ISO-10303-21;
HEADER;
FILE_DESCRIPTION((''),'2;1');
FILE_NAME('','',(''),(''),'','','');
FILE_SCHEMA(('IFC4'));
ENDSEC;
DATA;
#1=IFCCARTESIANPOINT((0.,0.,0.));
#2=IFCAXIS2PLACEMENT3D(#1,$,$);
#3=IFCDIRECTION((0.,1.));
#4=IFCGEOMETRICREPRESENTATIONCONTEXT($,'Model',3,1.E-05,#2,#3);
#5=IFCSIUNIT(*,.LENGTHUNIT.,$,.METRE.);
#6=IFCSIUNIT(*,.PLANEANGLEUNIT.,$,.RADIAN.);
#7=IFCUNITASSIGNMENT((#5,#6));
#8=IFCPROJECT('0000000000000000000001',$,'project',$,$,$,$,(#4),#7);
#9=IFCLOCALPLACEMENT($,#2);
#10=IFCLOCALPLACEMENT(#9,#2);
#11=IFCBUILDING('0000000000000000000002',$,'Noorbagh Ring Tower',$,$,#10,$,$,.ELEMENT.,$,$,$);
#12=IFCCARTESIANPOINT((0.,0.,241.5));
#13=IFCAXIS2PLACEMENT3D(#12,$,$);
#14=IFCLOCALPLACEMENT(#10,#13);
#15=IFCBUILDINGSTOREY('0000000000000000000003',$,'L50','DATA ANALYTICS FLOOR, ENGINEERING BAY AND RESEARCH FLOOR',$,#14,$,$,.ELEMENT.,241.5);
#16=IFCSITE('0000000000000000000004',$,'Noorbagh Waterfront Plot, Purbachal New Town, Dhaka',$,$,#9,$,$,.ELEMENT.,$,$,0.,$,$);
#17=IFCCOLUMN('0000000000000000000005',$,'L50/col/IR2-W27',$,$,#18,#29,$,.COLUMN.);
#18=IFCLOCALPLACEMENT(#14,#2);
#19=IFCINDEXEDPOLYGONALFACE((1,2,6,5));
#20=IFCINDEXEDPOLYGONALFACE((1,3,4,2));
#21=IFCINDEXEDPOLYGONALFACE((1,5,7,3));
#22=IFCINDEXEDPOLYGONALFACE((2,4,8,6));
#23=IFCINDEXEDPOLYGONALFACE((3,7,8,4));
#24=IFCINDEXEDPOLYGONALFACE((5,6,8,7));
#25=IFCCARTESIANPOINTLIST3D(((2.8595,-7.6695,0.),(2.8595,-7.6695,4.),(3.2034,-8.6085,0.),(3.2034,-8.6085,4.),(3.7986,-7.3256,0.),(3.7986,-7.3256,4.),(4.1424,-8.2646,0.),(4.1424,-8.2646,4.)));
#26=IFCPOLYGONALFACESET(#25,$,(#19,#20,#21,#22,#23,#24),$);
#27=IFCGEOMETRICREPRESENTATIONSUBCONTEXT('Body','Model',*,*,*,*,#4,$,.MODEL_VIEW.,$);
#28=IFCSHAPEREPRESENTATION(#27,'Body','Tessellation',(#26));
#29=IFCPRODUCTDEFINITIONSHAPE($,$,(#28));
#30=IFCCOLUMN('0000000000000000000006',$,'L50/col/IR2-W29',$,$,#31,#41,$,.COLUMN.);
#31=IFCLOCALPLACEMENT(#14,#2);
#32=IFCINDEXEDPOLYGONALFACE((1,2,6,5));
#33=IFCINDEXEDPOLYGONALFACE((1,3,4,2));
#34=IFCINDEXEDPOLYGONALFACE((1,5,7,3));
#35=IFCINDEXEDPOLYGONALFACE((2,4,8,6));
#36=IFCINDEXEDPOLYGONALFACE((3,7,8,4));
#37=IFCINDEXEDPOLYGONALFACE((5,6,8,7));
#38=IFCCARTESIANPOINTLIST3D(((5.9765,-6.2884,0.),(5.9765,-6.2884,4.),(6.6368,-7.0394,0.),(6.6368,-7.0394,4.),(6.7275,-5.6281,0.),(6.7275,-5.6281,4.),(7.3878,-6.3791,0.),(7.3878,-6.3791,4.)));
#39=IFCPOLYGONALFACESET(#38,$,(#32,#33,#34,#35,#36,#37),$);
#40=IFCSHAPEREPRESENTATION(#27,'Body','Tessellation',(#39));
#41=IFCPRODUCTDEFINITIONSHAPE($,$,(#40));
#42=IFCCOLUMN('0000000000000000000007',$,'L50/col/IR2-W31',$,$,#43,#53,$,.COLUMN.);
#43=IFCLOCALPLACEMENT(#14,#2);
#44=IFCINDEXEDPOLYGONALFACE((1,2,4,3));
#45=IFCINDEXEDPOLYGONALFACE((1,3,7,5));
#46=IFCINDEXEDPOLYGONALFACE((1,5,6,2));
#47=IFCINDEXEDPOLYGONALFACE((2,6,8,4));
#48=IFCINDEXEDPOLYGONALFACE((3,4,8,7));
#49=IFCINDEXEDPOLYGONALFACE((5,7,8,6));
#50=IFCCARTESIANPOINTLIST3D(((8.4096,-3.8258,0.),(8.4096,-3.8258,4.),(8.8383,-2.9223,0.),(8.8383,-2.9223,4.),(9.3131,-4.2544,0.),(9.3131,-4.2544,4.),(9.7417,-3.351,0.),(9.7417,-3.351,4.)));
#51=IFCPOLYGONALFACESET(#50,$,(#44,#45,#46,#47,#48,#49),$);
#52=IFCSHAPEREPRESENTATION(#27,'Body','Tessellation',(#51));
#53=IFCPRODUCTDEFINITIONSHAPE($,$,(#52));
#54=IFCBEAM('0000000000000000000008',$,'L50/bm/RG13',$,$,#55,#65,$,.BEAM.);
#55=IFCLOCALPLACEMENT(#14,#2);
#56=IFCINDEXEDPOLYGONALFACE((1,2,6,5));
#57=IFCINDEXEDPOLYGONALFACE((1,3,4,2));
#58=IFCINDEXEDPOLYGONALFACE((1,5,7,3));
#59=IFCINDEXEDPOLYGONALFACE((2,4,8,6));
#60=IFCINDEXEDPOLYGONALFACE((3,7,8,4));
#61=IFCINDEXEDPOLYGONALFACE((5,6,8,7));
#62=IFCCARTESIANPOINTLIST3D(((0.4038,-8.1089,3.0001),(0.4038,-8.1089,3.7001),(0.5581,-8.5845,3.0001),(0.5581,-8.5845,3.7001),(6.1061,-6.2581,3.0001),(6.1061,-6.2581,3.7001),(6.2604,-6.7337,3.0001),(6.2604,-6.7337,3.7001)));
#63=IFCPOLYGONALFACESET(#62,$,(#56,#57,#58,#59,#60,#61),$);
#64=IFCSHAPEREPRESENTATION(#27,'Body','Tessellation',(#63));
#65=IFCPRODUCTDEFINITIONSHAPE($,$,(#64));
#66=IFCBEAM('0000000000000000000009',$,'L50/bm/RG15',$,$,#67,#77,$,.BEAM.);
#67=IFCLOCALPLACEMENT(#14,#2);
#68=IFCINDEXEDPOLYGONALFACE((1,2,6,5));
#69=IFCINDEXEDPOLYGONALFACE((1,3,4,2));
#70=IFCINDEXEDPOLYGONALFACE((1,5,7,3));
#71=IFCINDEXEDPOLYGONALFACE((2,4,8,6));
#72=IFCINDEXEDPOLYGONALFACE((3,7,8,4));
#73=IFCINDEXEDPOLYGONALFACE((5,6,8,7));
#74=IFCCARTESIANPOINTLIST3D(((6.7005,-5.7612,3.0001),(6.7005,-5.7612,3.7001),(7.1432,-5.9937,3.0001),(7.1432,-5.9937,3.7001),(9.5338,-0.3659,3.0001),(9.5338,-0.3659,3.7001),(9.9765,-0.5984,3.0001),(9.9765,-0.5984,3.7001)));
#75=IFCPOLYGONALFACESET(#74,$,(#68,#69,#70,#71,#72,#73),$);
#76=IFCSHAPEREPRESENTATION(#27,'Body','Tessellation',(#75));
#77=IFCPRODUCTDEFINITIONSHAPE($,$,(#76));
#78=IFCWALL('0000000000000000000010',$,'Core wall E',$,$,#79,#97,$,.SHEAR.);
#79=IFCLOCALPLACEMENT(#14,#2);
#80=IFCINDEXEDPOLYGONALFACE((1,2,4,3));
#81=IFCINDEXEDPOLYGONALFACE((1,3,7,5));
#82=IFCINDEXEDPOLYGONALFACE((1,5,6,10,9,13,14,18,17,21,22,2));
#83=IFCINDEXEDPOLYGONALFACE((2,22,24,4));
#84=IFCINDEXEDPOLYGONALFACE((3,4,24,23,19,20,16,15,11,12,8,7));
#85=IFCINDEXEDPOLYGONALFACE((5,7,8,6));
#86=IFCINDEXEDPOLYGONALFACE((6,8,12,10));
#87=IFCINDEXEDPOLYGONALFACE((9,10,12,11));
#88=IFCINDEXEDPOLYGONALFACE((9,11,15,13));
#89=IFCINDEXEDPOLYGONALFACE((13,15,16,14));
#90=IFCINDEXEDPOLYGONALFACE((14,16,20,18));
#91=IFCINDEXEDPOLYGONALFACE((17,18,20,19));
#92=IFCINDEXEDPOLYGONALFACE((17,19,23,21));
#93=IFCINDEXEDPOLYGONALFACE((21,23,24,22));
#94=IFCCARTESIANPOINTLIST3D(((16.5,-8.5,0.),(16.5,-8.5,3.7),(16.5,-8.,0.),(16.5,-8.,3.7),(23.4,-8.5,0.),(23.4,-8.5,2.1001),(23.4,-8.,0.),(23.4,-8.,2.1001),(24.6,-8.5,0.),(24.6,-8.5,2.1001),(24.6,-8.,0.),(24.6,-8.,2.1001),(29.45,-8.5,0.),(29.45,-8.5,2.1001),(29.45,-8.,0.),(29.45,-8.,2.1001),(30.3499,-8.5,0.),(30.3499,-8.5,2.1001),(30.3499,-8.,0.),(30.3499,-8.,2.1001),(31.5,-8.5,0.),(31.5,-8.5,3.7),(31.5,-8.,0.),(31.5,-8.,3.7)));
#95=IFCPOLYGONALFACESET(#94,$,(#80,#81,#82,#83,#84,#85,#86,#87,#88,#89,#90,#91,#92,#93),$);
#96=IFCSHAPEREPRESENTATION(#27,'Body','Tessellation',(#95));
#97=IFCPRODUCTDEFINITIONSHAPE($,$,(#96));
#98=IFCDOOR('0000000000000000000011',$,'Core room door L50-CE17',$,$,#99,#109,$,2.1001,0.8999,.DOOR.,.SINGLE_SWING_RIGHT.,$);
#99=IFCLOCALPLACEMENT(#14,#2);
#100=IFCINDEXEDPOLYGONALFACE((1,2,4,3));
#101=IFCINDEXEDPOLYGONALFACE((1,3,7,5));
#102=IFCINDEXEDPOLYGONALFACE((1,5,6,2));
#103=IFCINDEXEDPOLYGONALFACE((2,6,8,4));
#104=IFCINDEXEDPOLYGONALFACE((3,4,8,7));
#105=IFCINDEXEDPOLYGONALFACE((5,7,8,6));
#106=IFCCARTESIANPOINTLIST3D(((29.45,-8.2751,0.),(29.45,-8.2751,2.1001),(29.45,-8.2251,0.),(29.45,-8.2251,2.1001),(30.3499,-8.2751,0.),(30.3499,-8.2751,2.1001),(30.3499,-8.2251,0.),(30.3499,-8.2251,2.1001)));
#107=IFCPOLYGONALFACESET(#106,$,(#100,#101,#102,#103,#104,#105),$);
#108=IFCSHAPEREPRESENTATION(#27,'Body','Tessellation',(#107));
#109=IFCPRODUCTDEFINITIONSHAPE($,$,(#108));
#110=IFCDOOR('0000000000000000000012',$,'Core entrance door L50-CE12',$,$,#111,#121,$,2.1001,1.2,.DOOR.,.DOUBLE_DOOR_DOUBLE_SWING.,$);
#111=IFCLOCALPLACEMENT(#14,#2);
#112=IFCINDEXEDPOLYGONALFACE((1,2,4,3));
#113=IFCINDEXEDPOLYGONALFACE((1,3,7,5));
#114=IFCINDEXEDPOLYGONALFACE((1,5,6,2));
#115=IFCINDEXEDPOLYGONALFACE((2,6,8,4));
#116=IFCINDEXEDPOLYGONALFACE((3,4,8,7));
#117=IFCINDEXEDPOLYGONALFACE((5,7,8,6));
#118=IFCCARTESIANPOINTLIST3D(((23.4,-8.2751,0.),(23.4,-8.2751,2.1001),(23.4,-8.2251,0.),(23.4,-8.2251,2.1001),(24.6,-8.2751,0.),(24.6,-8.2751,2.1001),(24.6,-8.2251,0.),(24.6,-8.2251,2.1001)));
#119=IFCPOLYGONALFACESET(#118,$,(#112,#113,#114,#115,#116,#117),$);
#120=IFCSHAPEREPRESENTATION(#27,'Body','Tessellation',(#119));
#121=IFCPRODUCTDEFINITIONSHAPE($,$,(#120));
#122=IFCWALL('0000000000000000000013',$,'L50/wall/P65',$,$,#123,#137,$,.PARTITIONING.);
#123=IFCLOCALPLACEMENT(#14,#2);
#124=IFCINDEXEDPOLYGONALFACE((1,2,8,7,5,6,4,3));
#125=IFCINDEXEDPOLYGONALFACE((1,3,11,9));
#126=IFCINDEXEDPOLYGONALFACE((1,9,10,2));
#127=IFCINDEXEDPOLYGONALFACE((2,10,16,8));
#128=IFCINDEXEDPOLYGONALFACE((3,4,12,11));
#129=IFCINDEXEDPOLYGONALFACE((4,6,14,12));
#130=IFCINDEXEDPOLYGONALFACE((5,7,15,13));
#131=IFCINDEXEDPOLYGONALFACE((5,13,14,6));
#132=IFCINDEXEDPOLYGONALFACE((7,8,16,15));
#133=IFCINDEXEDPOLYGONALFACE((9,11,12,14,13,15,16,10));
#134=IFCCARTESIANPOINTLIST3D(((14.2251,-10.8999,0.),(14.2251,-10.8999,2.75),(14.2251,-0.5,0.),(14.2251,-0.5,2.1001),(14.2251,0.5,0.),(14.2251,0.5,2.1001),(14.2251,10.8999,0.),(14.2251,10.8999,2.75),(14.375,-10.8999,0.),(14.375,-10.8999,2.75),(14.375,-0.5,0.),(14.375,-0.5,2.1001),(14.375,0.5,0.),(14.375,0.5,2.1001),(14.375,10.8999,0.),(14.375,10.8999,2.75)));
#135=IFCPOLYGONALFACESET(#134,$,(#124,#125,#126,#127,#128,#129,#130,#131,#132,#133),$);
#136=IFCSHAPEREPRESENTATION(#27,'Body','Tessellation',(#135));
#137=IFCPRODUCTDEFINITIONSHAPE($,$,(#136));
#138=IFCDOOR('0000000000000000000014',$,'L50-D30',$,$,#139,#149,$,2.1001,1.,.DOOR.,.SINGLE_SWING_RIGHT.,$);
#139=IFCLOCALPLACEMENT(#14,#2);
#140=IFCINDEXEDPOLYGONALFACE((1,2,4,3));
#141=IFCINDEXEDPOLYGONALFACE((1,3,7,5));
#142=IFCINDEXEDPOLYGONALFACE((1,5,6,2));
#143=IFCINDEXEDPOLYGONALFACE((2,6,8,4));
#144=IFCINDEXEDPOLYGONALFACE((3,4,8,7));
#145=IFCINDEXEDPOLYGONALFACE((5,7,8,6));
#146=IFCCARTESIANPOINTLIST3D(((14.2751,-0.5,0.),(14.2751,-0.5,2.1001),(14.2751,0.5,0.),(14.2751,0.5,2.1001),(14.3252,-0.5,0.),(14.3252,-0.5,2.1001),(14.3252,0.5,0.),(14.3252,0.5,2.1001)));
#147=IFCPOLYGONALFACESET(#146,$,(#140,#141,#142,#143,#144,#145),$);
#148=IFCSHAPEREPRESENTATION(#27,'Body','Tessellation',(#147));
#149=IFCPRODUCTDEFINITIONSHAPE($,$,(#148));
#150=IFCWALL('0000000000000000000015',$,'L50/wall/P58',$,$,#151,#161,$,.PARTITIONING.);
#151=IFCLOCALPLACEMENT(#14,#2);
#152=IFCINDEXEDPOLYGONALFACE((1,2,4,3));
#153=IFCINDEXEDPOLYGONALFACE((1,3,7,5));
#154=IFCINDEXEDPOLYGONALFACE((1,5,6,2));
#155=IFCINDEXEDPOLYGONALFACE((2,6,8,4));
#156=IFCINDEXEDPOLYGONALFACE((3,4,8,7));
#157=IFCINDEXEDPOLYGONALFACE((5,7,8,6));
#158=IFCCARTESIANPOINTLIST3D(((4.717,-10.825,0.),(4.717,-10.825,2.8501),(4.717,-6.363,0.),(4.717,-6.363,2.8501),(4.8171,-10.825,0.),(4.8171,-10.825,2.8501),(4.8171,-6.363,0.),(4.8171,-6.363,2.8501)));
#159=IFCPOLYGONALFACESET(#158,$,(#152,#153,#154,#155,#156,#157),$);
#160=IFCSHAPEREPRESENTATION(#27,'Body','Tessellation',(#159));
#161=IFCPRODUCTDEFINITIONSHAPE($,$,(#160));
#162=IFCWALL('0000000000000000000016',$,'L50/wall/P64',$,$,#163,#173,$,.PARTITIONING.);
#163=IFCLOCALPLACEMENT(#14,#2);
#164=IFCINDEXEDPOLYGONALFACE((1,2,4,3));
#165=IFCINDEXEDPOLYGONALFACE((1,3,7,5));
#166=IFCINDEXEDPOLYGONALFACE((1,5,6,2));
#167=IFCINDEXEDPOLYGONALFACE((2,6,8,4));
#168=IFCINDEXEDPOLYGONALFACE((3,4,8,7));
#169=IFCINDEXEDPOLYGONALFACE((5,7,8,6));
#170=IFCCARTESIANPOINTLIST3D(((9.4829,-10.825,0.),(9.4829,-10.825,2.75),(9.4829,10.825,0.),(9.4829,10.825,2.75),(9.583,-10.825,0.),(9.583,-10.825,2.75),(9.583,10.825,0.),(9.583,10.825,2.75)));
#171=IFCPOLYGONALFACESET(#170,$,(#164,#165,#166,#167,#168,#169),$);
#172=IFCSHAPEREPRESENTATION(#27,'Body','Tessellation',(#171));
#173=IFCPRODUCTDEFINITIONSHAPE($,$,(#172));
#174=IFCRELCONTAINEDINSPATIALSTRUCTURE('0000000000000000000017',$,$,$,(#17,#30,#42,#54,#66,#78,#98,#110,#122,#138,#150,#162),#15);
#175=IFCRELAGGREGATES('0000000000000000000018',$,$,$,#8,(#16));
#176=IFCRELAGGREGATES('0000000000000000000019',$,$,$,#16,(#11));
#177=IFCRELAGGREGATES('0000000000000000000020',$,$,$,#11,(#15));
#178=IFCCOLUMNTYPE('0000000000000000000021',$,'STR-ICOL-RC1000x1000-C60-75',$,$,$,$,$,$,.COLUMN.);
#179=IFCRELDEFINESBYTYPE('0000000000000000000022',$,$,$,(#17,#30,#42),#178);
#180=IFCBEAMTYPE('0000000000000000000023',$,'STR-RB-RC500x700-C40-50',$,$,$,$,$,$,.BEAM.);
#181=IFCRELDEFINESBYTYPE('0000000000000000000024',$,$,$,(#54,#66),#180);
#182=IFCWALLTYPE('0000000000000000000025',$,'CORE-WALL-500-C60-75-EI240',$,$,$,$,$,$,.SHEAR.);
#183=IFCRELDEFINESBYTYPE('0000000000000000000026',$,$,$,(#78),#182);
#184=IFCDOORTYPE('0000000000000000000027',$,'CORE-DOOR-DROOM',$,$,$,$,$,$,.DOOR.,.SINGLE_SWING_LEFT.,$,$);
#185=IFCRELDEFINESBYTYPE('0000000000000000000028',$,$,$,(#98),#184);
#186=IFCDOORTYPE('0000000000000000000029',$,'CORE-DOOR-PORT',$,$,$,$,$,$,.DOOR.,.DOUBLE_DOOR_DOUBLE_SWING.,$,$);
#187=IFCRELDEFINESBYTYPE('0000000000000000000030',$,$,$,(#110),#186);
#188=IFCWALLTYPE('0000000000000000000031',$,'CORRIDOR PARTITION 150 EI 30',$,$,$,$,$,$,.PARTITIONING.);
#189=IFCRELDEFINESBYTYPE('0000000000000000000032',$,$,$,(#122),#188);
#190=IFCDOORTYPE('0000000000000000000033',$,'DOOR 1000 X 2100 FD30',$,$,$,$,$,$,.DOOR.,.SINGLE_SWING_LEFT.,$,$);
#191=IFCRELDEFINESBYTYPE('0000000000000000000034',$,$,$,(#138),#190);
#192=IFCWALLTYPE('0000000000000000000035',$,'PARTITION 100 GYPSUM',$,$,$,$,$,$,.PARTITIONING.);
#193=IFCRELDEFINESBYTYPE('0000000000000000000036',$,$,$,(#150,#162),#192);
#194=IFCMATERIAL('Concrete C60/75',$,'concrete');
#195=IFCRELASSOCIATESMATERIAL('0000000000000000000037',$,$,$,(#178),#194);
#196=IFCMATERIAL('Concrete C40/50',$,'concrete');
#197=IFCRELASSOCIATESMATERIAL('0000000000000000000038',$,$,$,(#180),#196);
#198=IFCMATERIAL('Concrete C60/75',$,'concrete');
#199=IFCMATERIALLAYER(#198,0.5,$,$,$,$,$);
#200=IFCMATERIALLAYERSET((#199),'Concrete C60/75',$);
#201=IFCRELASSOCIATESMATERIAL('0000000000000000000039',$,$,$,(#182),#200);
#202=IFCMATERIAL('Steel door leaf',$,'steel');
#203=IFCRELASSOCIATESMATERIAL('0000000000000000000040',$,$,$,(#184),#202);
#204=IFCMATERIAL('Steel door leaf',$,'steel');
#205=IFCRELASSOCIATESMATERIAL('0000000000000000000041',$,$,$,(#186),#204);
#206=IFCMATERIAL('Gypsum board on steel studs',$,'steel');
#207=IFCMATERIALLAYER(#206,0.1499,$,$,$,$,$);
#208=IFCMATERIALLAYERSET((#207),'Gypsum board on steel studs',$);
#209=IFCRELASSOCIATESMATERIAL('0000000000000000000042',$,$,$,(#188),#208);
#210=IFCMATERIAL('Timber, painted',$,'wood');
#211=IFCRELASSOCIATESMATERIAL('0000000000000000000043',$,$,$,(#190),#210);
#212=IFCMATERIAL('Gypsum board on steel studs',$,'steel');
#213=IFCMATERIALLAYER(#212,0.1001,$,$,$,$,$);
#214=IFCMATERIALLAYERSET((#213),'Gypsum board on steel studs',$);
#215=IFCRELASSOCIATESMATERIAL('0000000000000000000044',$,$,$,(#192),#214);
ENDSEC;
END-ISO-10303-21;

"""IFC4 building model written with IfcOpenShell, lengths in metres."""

from ifc_helpers import new_model, si_unit, direction, frame, frame_2d, origin, origin_2d, place, context, subcontext, project, spatial, rectangle, extrude, material, layer, layer_set, material_profile, profile_set, type_object, element, fill, save


model = new_model("IFC4")

# Units and contexts
model_context = context("Model", 3, precision=1e-05, world=origin(), true_north=direction((0.0, 1.0)))
body_context = subcontext(model_context, "Body", "Model", "MODEL_VIEW")
ifc_project = project(units=[si_unit("LENGTHUNIT", "METRE"), si_unit("PLANEANGLEUNIT", "RADIAN")], contexts=[model_context])

# Site, building, storey
site_placement = place(None, origin())
site = spatial("IfcSite", under=ifc_project, at=site_placement, Name="Noorbagh Waterfront Plot, Purbachal New Town, Dhaka", CompositionType="ELEMENT", RefElevation=0.0)
building_placement = place(site_placement, origin())
building = spatial("IfcBuilding", under=site, at=building_placement, Name="Noorbagh Ring Tower", CompositionType="ELEMENT")
storey_placement = place(building_placement, frame((0.0, 0.0, 241.5)))
storey = spatial("IfcBuildingStorey", under=building, at=storey_placement, Name="L50", Description="DATA ANALYTICS FLOOR, ENGINEERING BAY AND RESEARCH FLOOR", CompositionType="ELEMENT", Elevation=241.5)

# Columns
ifc_material_1 = material(Name="Concrete C60/75", Category="concrete")
ifc_material_profile_1 = material_profile(ifc_material_1, rectangle(XDim=1.0, YDim=1.0, at=origin_2d()), Name="RC1000x1000")
ifc_profile_set_1 = profile_set([ifc_material_profile_1], Name="Concrete C60/75")
column_type = type_object("IfcColumnType", Name="STR-ICOL-RC1000x1000-C60-75", PredefinedType="COLUMN", material=ifc_profile_set_1)
for number, where, z_axis, x_axis, name in (
    (1, (3.501, -7.967, 0.0), (0.0, 0.0, 1.0), (0.93902, 0.343864, 0.0), "L50/col/IR2-W27"),
    (2, (6.6821, -6.3337, 0.0), (0.0, 0.0, 1.0), (0.751022, 0.660277, 0.0), "L50/col/IR2-W29"),
    (3, (9.0757, -3.5884, 0.0), (0.0, 0.0, 1.0), (0.428667, 0.903463, 0.0), "L50/col/IR2-W31"),
):
    element("IfcColumn", number, at=place(storey_placement, frame(where, z_axis=z_axis, x_axis=x_axis)), inside=storey, type_object=column_type, Name=name, PredefinedType="COLUMN", context=body_context, shape_type="SweptSolid", body=[
        extrude(rectangle(XDim=1.0, YDim=1.0, at=origin_2d()), origin(), (0.0, 0.0, 1.0), 4.0),
    ])

# Beams
ifc_material_2 = material(Name="Concrete C40/50", Category="concrete")
ifc_material_profile_2 = material_profile(ifc_material_2, rectangle(XDim=0.5, YDim=0.7, at=origin_2d()), Name="RC500x700")
ifc_profile_set_2 = profile_set([ifc_material_profile_2], Name="Concrete C40/50")
beam_type = type_object("IfcBeamType", Name="STR-RB-RC500x700-C40-50", PredefinedType="BEAM", material=ifc_profile_set_2)
beam_1_placement = place(storey_placement, frame((0.481, -8.3467, 3.3501), z_axis=(0.951154, 0.308717, 0.0), x_axis=(-0.308717, 0.951154, 0.0)))
element("IfcBeam", 4, at=beam_1_placement, inside=storey, type_object=beam_type, Name="L50/bm/RG13", PredefinedType="BEAM", context=body_context, shape_type="SweptSolid", body=[
    extrude(rectangle(XDim=0.5, YDim=0.7, at=origin_2d()), origin(), (0.0, 0.0, 1.0), 5.9951),
])
beam_2_placement = place(storey_placement, frame((6.9219, -5.8774, 3.3501), z_axis=(0.464929, 0.885348, 0.0), x_axis=(-0.885348, 0.464929, 0.0)))
element("IfcBeam", 5, at=beam_2_placement, inside=storey, type_object=beam_type, Name="L50/bm/RG15", PredefinedType="BEAM", context=body_context, shape_type="SweptSolid", body=[
    extrude(rectangle(XDim=0.5, YDim=0.7, at=origin_2d()), origin(), (0.0, 0.0, 1.0), 6.094),
])

# Wall, openings, doors
ifc_material_3 = material(Name="Concrete C60/75", Category="concrete")
ifc_layer_1 = layer(ifc_material_3, 0.5)
ifc_layer_set_1 = layer_set([ifc_layer_1], Name="Concrete C60/75")
wall_type_1 = type_object("IfcWallType", Name="CORE-WALL-500-C60-75-EI240", PredefinedType="SHEAR", material=ifc_layer_set_1)
wall_1_placement = place(storey_placement, frame((16.5, -8.25, 0.0), z_axis=(0.0, 0.0, 1.0), x_axis=(1.0, 0.0, 0.0)))
wall_1 = element("IfcWall", 6, at=wall_1_placement, inside=storey, type_object=wall_type_1, Name="Core wall E", PredefinedType="SHEAR", context=body_context, shape_type="SweptSolid", body=[
    extrude(rectangle(XDim=15.0, YDim=0.5, at=frame_2d((7.5, 0.0))), origin(), (0.0, 0.0, 1.0), 3.7),
])
opening_1_placement = place(wall_1_placement, frame((6.8999, 0.0, 0.0)))
opening_1 = element("IfcOpeningElement", 7, at=opening_1_placement, cuts=wall_1, PredefinedType="OPENING", context=body_context, shape_type="SweptSolid", body=[
    extrude(rectangle(XDim=1.2, YDim=2.1001, at=frame_2d((0.6001, 1.05))), frame((0.0, 0.26, 0.0), z_axis=(0.0, -1.0, 0.0), x_axis=(1.0, 0.0, 0.0)), (0.0, 0.0, 1.0), 0.52),
])
opening_2_placement = place(wall_1_placement, frame((12.95, 0.0, 0.0)))
opening_2 = element("IfcOpeningElement", 8, at=opening_2_placement, cuts=wall_1, PredefinedType="OPENING", context=body_context, shape_type="SweptSolid", body=[
    extrude(rectangle(XDim=0.8999, YDim=2.1001, at=frame_2d((0.45, 1.05))), frame((0.0, 0.26, 0.0), z_axis=(0.0, -1.0, 0.0), x_axis=(1.0, 0.0, 0.0)), (0.0, 0.0, 1.0), 0.52),
])
ifc_material_4 = material(Name="Steel door leaf", Category="steel")
door_type_1 = type_object("IfcDoorType", Name="CORE-DOOR-DROOM", OperationType="SINGLE_SWING_LEFT", PredefinedType="DOOR", material=ifc_material_4)
door_1_placement = place(opening_2_placement, origin())
door_1 = element("IfcDoor", 9, at=door_1_placement, inside=storey, type_object=door_type_1, Name="Core room door L50-CE17", OperationType="SINGLE_SWING_RIGHT", OverallHeight=2.1001, OverallWidth=0.8999, PredefinedType="DOOR", context=body_context, shape_type="SweptSolid", body=[
    extrude(rectangle(XDim=0.8999, YDim=2.1001, at=frame_2d((0.45, 1.05))), frame((0.0, 0.0249, 0.0), z_axis=(0.0, -1.0, 0.0), x_axis=(1.0, 0.0, 0.0)), (0.0, 0.0, 1.0), 0.05),
])
fill(opening_2, door_1)
ifc_material_5 = material(Name="Steel door leaf", Category="steel")
door_type_2 = type_object("IfcDoorType", Name="CORE-DOOR-PORT", OperationType="DOUBLE_DOOR_DOUBLE_SWING", PredefinedType="DOOR", material=ifc_material_5)
door_2_placement = place(opening_1_placement, origin())
door_2 = element("IfcDoor", 10, at=door_2_placement, inside=storey, type_object=door_type_2, Name="Core entrance door L50-CE12", OperationType="DOUBLE_DOOR_DOUBLE_SWING", OverallHeight=2.1001, OverallWidth=1.2, PredefinedType="DOOR", context=body_context, shape_type="SweptSolid", body=[
    extrude(rectangle(XDim=1.2, YDim=2.1001, at=frame_2d((0.6001, 1.05))), frame((0.0, 0.0249, 0.0), z_axis=(0.0, -1.0, 0.0), x_axis=(1.0, 0.0, 0.0)), (0.0, 0.0, 1.0), 0.05),
])
fill(opening_1, door_2)

# Wall, opening, door
ifc_material_6 = material(Name="Gypsum board on steel studs", Category="steel")
ifc_layer_2 = layer(ifc_material_6, 0.1499)
ifc_layer_set_2 = layer_set([ifc_layer_2], Name="Gypsum board on steel studs")
wall_type_2 = type_object("IfcWallType", Name="CORRIDOR PARTITION 150 EI 30", PredefinedType="PARTITIONING", material=ifc_layer_set_2)
wall_2_placement = place(storey_placement, frame((14.3, -10.8999, 0.0), z_axis=(0.0, 0.0, 1.0), x_axis=(0.0, 1.0, 0.0)))
wall_2 = element("IfcWall", 11, at=wall_2_placement, inside=storey, type_object=wall_type_2, Name="L50/wall/P65", PredefinedType="PARTITIONING", context=body_context, shape_type="SweptSolid", body=[
    extrude(rectangle(XDim=21.7998, YDim=0.1499, at=frame_2d((10.8999, 0.0))), origin(), (0.0, 0.0, 1.0), 2.75),
])
opening_3_placement = place(wall_2_placement, frame((10.3999, 0.0, 0.0)))
opening_3 = element("IfcOpeningElement", 12, at=opening_3_placement, cuts=wall_2, PredefinedType="OPENING", context=body_context, shape_type="SweptSolid", body=[
    extrude(rectangle(XDim=1.0, YDim=2.1001, at=frame_2d((0.5, 1.05))), frame((0.0, 0.085, 0.0), z_axis=(0.0, -1.0, 0.0), x_axis=(1.0, 0.0, 0.0)), (0.0, 0.0, 1.0), 0.1699),
])
ifc_material_7 = material(Name="Timber, painted", Category="wood")
door_type_3 = type_object("IfcDoorType", Name="DOOR 1000 X 2100 FD30", OperationType="SINGLE_SWING_LEFT", PredefinedType="DOOR", material=ifc_material_7)
door_3_placement = place(opening_3_placement, origin())
door_3 = element("IfcDoor", 13, at=door_3_placement, inside=storey, type_object=door_type_3, Name="L50-D30", OperationType="SINGLE_SWING_RIGHT", OverallHeight=2.1001, OverallWidth=1.0, PredefinedType="DOOR", context=body_context, shape_type="SweptSolid", body=[
    extrude(rectangle(XDim=1.0, YDim=2.1001, at=frame_2d((0.5, 1.05))), frame((0.0, 0.0249, 0.0), z_axis=(0.0, -1.0, 0.0), x_axis=(1.0, 0.0, 0.0)), (0.0, 0.0, 1.0), 0.05),
])
fill(opening_3, door_3)

# Walls
ifc_material_8 = material(Name="Gypsum board on steel studs", Category="steel")
ifc_layer_3 = layer(ifc_material_8, 0.1001)
ifc_layer_set_3 = layer_set([ifc_layer_3], Name="Gypsum board on steel studs")
wall_type_3 = type_object("IfcWallType", Name="PARTITION 100 GYPSUM", PredefinedType="PARTITIONING", material=ifc_layer_set_3)
wall_3_placement = place(storey_placement, frame((4.7671, -10.825, 0.0), z_axis=(0.0, 0.0, 1.0), x_axis=(0.0, 1.0, 0.0)))
element("IfcWall", 14, at=wall_3_placement, inside=storey, type_object=wall_type_3, Name="L50/wall/P58", PredefinedType="PARTITIONING", context=body_context, shape_type="SweptSolid", body=[
    extrude(rectangle(XDim=4.4619, YDim=0.1001, at=frame_2d((2.231, 0.0))), origin(), (0.0, 0.0, 1.0), 2.8501),
])
wall_4_placement = place(storey_placement, frame((9.533, -10.825, 0.0), z_axis=(0.0, 0.0, 1.0), x_axis=(0.0, 1.0, 0.0)))
element("IfcWall", 15, at=wall_4_placement, inside=storey, type_object=wall_type_3, Name="L50/wall/P64", PredefinedType="PARTITIONING", context=body_context, shape_type="SweptSolid", body=[
    extrude(rectangle(XDim=21.6499, YDim=0.1001, at=frame_2d((10.825, 0.0))), origin(), (0.0, 0.0, 1.0), 2.75),
])

save(model, "model.ifc")
